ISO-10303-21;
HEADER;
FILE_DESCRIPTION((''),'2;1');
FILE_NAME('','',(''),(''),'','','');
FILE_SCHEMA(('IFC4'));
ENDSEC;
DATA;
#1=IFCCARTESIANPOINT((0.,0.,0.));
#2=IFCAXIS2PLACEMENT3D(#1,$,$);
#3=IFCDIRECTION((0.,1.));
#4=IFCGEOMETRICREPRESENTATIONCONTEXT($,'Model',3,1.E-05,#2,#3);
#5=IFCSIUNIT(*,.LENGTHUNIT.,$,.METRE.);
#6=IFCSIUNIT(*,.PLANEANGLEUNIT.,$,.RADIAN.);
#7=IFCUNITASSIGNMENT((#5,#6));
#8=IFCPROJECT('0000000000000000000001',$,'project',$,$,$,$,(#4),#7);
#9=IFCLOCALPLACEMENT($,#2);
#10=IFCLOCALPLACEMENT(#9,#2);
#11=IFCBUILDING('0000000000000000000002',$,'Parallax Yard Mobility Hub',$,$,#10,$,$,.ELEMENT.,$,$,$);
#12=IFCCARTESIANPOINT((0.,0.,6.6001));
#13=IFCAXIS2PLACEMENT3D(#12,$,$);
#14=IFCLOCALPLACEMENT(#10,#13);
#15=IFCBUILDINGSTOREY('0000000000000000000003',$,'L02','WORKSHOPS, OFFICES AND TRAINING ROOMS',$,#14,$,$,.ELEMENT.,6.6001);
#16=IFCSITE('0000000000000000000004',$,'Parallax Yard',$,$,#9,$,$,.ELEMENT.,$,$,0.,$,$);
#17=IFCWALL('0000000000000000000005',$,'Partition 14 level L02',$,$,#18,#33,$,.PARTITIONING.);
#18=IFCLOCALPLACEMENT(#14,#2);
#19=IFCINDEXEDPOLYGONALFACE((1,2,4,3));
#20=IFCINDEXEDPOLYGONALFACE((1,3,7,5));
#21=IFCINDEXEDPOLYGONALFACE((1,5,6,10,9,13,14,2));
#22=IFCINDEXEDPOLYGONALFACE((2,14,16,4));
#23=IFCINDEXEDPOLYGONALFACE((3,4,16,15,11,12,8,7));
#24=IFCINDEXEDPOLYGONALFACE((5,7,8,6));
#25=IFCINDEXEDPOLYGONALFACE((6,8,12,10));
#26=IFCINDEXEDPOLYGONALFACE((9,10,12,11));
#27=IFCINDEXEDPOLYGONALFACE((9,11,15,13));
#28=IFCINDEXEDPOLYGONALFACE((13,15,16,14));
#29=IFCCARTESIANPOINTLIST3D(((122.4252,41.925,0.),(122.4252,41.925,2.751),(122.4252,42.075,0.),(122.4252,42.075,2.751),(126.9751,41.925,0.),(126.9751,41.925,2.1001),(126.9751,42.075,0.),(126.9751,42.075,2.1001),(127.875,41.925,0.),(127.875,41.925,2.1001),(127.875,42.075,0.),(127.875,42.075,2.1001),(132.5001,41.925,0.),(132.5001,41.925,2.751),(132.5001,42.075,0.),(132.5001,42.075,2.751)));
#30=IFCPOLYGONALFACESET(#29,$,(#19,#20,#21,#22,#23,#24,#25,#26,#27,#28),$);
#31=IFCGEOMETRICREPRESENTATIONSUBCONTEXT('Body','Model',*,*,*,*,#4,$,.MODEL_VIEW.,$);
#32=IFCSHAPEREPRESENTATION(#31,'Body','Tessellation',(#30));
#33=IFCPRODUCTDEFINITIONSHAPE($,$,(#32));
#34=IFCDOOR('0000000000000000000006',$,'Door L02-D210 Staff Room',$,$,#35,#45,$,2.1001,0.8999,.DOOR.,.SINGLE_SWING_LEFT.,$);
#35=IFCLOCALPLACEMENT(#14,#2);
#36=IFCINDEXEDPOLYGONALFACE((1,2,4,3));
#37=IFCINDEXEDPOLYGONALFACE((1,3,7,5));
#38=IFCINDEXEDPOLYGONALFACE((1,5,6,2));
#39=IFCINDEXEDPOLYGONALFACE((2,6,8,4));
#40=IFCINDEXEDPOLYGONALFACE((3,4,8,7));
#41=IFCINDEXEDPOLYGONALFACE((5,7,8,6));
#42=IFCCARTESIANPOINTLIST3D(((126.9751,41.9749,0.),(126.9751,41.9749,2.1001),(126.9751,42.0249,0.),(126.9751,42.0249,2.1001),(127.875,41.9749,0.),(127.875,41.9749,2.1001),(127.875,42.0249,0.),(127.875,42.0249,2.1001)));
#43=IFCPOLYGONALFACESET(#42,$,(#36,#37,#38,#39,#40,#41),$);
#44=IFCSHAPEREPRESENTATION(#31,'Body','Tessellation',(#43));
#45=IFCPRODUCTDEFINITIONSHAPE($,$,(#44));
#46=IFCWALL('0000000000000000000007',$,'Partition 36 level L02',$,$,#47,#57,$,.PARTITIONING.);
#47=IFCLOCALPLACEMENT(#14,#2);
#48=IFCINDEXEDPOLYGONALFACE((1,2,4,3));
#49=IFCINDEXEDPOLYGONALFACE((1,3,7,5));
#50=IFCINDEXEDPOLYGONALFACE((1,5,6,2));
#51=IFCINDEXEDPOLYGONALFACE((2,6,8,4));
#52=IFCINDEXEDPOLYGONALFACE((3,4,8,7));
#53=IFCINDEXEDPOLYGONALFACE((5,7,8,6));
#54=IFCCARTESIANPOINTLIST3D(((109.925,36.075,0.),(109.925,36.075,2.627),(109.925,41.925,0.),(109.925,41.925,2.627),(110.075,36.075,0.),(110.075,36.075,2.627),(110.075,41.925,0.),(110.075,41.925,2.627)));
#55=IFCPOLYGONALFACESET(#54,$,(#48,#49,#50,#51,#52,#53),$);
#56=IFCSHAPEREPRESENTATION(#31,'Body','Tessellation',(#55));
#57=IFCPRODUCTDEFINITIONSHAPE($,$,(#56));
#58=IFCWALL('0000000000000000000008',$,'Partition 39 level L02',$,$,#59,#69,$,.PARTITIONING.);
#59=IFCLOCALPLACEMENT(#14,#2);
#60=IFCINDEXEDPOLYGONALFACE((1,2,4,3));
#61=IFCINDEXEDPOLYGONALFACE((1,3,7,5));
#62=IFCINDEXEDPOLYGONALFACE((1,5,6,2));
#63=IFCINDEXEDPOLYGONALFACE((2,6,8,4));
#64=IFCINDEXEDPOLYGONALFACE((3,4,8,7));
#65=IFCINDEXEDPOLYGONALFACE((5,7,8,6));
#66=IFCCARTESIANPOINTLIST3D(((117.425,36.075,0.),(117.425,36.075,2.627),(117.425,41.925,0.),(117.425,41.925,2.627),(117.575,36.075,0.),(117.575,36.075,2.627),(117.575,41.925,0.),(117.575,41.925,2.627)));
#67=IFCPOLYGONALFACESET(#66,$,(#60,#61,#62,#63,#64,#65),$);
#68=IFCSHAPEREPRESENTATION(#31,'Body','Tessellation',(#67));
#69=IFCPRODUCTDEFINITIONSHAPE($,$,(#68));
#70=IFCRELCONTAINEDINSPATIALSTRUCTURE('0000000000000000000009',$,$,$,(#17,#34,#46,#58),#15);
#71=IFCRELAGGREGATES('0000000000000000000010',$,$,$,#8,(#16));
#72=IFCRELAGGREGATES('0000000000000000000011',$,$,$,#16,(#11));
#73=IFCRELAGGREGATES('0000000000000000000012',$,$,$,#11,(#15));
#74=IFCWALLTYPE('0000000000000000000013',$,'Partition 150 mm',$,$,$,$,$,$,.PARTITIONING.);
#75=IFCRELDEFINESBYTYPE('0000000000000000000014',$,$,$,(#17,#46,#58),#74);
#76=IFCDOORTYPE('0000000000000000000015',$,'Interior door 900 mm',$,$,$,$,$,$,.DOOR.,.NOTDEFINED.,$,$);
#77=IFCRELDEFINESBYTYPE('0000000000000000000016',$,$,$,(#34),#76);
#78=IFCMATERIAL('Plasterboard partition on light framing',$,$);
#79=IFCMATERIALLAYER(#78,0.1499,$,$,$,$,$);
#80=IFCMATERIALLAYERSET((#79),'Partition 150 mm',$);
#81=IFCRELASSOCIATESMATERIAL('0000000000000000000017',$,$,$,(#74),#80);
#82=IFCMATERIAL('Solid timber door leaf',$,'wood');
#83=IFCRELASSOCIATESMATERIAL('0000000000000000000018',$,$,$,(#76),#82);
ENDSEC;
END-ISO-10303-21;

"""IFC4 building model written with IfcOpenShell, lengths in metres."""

from ifc_helpers import new_model, si_unit, direction, frame, frame_2d, origin, place, context, subcontext, project, spatial, rectangle, extrude, material, layer, layer_set, type_object, element, fill, save


model = new_model("IFC4")

# Units and contexts
model_context = context("Model", 3, precision=1e-05, world=origin(), true_north=direction((0.0, 1.0)))
body_context = subcontext(model_context, "Body", "Model", "MODEL_VIEW")
ifc_project = project(units=[si_unit("LENGTHUNIT", "METRE"), si_unit("PLANEANGLEUNIT", "RADIAN")], contexts=[model_context])

# Site, building, storey
site_placement = place(None, origin())
site = spatial("IfcSite", under=ifc_project, at=site_placement, Name="Parallax Yard", CompositionType="ELEMENT", RefElevation=0.0)
building_placement = place(site_placement, origin())
building = spatial("IfcBuilding", under=site, at=building_placement, Name="Parallax Yard Mobility Hub", CompositionType="ELEMENT")
storey_placement = place(building_placement, frame((0.0, 0.0, 6.6001)))
storey = spatial("IfcBuildingStorey", under=building, at=storey_placement, Name="L02", Description="WORKSHOPS, OFFICES AND TRAINING ROOMS", CompositionType="ELEMENT", Elevation=6.6001)

# Shared definitions
ifc_material_1 = material(Name="Plasterboard partition on light framing")
ifc_layer_1 = layer(ifc_material_1, 0.1499)
ifc_layer_set_1 = layer_set([ifc_layer_1], Name="Partition 150 mm")
wall_type_1 = type_object("IfcWallType", Name="Partition 150 mm", PredefinedType="PARTITIONING", material=ifc_layer_set_1)

# Wall, opening, door
wall_1_placement = place(storey_placement, frame((122.425, 42.0, 0.0), z_axis=(0.0, 0.0, 1.0), x_axis=(1.0, 0.0, 0.0)))
wall_1 = element("IfcWall", 1, at=wall_1_placement, inside=storey, type_object=wall_type_1, Name="Partition 14 level L02", PredefinedType="PARTITIONING", context=body_context, shape_type="SweptSolid", body=[
    extrude(rectangle(XDim=10.075, YDim=0.1499, at=frame_2d((5.0376, 0.0))), origin(), (0.0, 0.0, 1.0), 2.751),
])
opening_1_placement = place(wall_1_placement, frame((4.55, 0.0, 0.0)))
opening_1 = element("IfcOpeningElement", 2, at=opening_1_placement, cuts=wall_1, PredefinedType="OPENING", context=body_context, shape_type="SweptSolid", body=[
    extrude(rectangle(XDim=0.8999, YDim=2.1001, at=frame_2d((0.45, 1.05))), frame((0.0, 0.085, 0.0), z_axis=(0.0, -1.0, 0.0), x_axis=(1.0, 0.0, 0.0)), (0.0, 0.0, 1.0), 0.1699),
])
ifc_material_2 = material(Name="Solid timber door leaf", Category="wood")
door_type_1 = type_object("IfcDoorType", Name="Interior door 900 mm", OperationType="NOTDEFINED", PredefinedType="DOOR", material=ifc_material_2)
door_1_placement = place(opening_1_placement, origin())
door_1 = element("IfcDoor", 3, at=door_1_placement, inside=storey, type_object=door_type_1, Name="Door L02-D210 Staff Room", OperationType="SINGLE_SWING_LEFT", OverallHeight=2.1001, OverallWidth=0.8999, PredefinedType="DOOR", context=body_context, shape_type="SweptSolid", body=[
    extrude(rectangle(XDim=0.8999, YDim=2.1001, at=frame_2d((0.45, 1.05))), frame((0.0, 0.0249, 0.0), z_axis=(0.0, -1.0, 0.0), x_axis=(1.0, 0.0, 0.0)), (0.0, 0.0, 1.0), 0.05),
])
fill(opening_1, door_1)

# Walls
for number, where, z_axis, x_axis, name in (
    (4, (110.0, 36.075, 0.0), (0.0, 0.0, 1.0), (0.0, 1.0, 0.0), "Partition 36 level L02"),
    (5, (117.5, 36.075, 0.0), (0.0, 0.0, 1.0), (0.0, 1.0, 0.0), "Partition 39 level L02"),
):
    element("IfcWall", number, at=place(storey_placement, frame(where, z_axis=z_axis, x_axis=x_axis)), inside=storey, type_object=wall_type_1, Name=name, PredefinedType="PARTITIONING", context=body_context, shape_type="SweptSolid", body=[
        extrude(rectangle(XDim=5.8501, YDim=0.1499, at=frame_2d((2.925, 0.0))), origin(), (0.0, 0.0, 1.0), 2.627),
    ])

save(model, "model.ifc")
